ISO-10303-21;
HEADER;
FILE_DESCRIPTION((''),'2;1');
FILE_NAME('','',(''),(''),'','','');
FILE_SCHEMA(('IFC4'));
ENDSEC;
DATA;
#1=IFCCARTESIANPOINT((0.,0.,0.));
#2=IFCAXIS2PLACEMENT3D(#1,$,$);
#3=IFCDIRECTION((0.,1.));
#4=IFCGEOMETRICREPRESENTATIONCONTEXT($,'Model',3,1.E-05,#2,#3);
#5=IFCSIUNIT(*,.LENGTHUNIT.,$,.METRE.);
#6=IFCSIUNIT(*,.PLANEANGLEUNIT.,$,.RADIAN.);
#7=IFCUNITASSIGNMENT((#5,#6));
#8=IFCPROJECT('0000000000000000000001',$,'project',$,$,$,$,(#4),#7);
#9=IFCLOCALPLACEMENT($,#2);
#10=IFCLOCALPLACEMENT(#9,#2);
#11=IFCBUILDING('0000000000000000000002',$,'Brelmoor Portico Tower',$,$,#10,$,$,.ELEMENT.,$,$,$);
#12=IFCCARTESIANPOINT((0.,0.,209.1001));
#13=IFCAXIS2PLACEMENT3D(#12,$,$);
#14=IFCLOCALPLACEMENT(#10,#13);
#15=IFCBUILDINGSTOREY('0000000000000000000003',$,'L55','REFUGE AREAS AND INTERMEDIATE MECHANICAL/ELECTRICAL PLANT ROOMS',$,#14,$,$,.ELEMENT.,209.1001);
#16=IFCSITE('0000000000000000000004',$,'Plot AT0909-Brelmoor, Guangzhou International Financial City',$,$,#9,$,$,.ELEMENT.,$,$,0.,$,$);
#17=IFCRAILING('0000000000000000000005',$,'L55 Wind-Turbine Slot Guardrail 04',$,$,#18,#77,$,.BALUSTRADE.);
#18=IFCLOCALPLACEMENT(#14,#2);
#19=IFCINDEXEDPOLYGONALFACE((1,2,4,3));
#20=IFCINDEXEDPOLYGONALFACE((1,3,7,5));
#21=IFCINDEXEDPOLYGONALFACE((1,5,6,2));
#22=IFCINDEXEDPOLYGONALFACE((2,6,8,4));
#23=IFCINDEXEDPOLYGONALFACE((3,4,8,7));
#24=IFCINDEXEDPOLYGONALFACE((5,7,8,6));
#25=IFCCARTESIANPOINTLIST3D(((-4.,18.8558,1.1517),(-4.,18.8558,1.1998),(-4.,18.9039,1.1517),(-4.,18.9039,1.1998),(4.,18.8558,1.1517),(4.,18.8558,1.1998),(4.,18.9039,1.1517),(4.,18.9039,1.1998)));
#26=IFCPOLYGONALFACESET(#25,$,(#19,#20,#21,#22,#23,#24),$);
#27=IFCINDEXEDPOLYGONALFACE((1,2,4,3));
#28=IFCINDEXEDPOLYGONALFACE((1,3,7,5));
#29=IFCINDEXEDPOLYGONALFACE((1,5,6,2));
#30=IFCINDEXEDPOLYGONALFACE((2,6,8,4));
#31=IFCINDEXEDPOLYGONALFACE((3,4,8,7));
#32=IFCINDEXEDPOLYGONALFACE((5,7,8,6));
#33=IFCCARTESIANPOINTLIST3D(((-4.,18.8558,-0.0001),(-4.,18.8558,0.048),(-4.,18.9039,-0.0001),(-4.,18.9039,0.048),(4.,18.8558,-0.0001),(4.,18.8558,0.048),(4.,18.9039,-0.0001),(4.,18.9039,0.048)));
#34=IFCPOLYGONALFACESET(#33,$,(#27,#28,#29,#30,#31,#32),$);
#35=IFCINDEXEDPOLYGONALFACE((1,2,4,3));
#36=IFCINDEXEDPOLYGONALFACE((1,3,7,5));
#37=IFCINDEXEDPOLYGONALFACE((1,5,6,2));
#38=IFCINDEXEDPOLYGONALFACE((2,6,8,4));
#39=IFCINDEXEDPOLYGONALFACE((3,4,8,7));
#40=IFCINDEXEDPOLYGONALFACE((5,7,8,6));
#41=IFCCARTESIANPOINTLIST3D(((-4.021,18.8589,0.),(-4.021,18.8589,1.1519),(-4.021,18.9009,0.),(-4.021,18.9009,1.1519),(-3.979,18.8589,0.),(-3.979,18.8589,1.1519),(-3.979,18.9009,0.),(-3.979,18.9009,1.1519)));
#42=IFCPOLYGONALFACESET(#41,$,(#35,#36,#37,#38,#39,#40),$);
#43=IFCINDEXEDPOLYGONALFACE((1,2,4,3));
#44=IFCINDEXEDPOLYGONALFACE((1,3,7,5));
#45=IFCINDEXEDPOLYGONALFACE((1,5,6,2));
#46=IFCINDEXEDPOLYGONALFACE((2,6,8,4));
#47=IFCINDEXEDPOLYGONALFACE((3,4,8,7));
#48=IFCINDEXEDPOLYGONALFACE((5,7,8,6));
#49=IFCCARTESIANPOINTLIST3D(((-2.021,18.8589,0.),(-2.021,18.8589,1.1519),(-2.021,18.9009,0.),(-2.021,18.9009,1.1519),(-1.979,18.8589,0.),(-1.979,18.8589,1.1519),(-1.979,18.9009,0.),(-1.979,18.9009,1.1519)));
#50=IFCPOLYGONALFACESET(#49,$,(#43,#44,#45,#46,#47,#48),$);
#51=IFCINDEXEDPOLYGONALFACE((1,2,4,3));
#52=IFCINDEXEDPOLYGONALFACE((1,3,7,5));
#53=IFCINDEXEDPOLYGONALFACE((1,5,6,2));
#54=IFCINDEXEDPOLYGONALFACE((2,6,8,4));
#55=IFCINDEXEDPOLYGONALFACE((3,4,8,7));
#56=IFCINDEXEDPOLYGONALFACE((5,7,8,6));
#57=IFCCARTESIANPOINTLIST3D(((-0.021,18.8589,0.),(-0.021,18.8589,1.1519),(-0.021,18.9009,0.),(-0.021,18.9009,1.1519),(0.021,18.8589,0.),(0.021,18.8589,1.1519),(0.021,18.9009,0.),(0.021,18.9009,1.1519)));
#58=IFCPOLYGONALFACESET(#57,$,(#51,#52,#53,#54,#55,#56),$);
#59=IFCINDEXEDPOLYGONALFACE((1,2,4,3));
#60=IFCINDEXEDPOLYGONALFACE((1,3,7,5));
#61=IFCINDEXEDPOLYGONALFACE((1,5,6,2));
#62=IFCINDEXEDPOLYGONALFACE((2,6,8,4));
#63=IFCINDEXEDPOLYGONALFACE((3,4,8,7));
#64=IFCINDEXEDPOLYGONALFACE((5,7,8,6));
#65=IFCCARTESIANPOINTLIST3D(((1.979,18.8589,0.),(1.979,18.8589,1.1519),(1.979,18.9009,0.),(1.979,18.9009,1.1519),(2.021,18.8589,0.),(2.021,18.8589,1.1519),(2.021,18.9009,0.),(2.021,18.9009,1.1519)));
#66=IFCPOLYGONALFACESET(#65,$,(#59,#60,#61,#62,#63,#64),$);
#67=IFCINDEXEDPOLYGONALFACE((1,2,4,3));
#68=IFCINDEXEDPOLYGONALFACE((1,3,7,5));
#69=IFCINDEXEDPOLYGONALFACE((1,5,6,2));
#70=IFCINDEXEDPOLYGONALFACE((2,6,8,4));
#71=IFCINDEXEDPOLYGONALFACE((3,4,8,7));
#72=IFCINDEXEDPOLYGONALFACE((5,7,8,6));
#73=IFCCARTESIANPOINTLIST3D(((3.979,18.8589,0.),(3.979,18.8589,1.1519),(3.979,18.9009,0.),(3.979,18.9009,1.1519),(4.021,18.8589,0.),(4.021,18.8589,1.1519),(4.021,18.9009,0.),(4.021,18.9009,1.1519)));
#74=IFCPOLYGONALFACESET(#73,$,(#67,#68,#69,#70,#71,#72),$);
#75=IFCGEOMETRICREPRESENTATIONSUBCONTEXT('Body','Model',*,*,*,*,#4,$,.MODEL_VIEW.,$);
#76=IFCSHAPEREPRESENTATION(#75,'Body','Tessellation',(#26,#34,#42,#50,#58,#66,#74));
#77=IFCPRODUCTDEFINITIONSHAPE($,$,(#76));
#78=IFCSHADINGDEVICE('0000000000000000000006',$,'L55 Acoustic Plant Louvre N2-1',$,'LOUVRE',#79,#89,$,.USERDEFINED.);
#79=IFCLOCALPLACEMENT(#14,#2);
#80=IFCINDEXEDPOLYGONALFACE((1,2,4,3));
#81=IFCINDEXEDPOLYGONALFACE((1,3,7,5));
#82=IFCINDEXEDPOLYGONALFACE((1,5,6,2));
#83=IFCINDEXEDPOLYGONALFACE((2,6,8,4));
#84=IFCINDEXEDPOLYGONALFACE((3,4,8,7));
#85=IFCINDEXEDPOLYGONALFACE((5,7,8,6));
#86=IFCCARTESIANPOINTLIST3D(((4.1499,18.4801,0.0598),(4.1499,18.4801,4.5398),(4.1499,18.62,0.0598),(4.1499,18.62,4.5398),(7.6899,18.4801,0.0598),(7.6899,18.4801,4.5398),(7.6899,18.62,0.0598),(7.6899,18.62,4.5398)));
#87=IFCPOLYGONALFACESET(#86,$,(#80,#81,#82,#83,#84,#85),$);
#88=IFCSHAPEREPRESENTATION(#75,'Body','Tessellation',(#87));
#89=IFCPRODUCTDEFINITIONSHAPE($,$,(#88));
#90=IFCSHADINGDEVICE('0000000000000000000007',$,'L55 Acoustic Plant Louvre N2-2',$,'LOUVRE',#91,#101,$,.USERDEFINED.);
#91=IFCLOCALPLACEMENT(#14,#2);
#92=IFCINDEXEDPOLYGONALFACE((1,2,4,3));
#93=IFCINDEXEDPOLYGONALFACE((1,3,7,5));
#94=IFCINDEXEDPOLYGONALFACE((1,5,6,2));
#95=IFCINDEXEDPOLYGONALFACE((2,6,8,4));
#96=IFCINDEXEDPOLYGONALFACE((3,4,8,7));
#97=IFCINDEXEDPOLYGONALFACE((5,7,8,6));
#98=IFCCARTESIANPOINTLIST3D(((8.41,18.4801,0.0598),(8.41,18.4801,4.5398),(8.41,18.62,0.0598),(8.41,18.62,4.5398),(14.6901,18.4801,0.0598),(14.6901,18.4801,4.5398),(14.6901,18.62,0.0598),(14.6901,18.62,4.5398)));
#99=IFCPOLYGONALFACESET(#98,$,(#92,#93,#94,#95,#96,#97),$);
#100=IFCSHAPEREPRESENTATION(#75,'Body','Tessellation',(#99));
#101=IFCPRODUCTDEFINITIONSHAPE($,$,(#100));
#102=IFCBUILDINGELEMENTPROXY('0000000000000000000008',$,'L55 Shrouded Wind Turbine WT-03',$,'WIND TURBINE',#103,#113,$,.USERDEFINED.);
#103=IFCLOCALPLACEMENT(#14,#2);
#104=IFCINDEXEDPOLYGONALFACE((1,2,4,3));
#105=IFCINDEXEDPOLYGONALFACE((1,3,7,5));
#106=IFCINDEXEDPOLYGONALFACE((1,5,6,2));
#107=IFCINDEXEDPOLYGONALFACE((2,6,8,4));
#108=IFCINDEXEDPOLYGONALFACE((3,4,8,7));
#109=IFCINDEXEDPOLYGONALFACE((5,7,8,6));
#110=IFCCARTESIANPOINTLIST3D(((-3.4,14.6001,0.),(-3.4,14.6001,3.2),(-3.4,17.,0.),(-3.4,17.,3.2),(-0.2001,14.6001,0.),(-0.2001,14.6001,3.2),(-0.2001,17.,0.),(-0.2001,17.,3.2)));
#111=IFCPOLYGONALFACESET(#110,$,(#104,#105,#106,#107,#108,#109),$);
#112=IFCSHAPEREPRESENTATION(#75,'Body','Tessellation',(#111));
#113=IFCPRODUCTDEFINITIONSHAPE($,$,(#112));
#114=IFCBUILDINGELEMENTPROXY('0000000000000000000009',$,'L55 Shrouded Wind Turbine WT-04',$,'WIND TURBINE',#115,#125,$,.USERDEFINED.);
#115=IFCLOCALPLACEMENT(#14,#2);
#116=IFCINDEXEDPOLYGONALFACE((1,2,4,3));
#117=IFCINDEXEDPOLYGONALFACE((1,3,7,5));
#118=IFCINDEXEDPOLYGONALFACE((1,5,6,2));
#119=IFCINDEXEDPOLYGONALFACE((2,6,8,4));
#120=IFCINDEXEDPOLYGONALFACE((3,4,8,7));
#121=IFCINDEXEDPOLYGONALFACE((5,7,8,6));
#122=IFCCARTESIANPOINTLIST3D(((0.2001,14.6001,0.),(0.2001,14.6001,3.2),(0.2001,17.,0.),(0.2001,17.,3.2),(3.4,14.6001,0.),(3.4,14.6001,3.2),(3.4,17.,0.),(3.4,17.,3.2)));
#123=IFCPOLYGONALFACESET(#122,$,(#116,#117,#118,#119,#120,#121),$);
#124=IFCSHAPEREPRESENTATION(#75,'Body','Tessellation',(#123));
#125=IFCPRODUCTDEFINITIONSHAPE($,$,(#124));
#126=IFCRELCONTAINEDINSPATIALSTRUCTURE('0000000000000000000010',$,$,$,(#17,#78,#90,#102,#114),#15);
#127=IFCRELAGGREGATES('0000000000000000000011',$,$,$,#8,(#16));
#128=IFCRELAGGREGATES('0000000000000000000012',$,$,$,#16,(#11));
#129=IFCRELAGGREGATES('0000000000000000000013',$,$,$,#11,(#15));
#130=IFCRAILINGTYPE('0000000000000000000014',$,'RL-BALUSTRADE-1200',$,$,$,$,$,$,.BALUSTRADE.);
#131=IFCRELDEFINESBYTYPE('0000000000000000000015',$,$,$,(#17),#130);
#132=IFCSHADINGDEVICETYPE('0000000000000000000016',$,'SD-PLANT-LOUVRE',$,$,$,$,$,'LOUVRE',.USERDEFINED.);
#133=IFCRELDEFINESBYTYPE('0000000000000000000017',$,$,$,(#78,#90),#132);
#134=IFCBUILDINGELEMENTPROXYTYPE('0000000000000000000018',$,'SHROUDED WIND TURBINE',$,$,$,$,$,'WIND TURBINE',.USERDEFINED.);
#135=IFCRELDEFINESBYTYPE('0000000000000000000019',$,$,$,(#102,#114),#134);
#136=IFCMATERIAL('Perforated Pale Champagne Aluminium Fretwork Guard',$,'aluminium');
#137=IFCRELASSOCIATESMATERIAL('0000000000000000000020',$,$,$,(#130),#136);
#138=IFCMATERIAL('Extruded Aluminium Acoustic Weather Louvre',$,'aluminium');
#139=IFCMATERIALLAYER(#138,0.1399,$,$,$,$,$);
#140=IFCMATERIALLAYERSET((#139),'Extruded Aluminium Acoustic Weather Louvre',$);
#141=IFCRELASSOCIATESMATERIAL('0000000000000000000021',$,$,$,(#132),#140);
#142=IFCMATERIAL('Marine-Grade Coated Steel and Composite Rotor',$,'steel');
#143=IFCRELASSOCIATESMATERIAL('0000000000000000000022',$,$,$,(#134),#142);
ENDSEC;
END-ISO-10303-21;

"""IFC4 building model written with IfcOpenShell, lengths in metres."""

from ifc_helpers import new_model, si_unit, direction, frame, origin, origin_2d, place, context, subcontext, project, spatial, rectangle, extrude, material, layer, layer_set, type_object, element, save


model = new_model("IFC4")

# Units and contexts
model_context = context("Model", 3, precision=1e-05, world=origin(), true_north=direction((0.0, 1.0)))
body_context = subcontext(model_context, "Body", "Model", "MODEL_VIEW")
ifc_project = project(units=[si_unit("LENGTHUNIT", "METRE"), si_unit("PLANEANGLEUNIT", "RADIAN")], contexts=[model_context])

# Site, building, storey
site_placement = place(None, origin())
site = spatial("IfcSite", under=ifc_project, at=site_placement, Name="Plot AT0909-Brelmoor, Guangzhou International Financial City", CompositionType="ELEMENT", RefElevation=0.0)
building_placement = place(site_placement, origin())
building = spatial("IfcBuilding", under=site, at=building_placement, Name="Brelmoor Portico Tower", CompositionType="ELEMENT")
storey_placement = place(building_placement, frame((0.0, 0.0, 209.1001)))
storey = spatial("IfcBuildingStorey", under=building, at=storey_placement, Name="L55", Description="REFUGE AREAS AND INTERMEDIATE MECHANICAL/ELECTRICAL PLANT ROOMS", CompositionType="ELEMENT", Elevation=209.1001)

# Railing
ifc_material_1 = material(Name="Perforated Pale Champagne Aluminium Fretwork Guard", Category="aluminium")
railing_type = type_object("IfcRailingType", Name="RL-BALUSTRADE-1200", PredefinedType="BALUSTRADE", material=ifc_material_1)
for number, where, name in (
    (1, (-4.0, 18.8799, 0.0), "L55 Wind-Turbine Slot Guardrail 04"),
):
    element("IfcRailing", number, at=place(storey_placement, frame(where)), inside=storey, type_object=railing_type, Name=name, PredefinedType="BALUSTRADE", context=body_context, shape_type="SweptSolid", body=[
        extrude(rectangle(XDim=0.0481, YDim=0.0481, at=origin_2d()), frame((0.0, 0.0, 1.1758), z_axis=(1.0, 0.0, 0.0), x_axis=(0.0, 1.0, 0.0)), (0.0, 0.0, 1.0), 8.0),
        extrude(rectangle(XDim=0.0481, YDim=0.0481, at=origin_2d()), frame((0.0, 0.0, 0.0239), z_axis=(1.0, 0.0, 0.0), x_axis=(0.0, 1.0, 0.0)), (0.0, 0.0, 1.0), 8.0),
        extrude(rectangle(XDim=0.042, YDim=0.042, at=origin_2d()), origin(), (0.0, 0.0, 1.0), 1.1519),
        extrude(rectangle(XDim=0.042, YDim=0.042, at=origin_2d()), frame((2.0, 0.0, 0.0)), (0.0, 0.0, 1.0), 1.1519),
        extrude(rectangle(XDim=0.042, YDim=0.042, at=origin_2d()), frame((4.0, 0.0, 0.0)), (0.0, 0.0, 1.0), 1.1519),
        extrude(rectangle(XDim=0.042, YDim=0.042, at=origin_2d()), frame((6.0, 0.0, 0.0)), (0.0, 0.0, 1.0), 1.1519),
        extrude(rectangle(XDim=0.042, YDim=0.042, at=origin_2d()), frame((8.0, 0.0, 0.0)), (0.0, 0.0, 1.0), 1.1519),
    ])

# Shading devices
ifc_material_2 = material(Name="Extruded Aluminium Acoustic Weather Louvre", Category="aluminium")
ifc_layer_1 = layer(ifc_material_2, 0.1399)
ifc_layer_set_1 = layer_set([ifc_layer_1], Name="Extruded Aluminium Acoustic Weather Louvre")
shading_device_type = type_object("IfcShadingDeviceType", Name="SD-PLANT-LOUVRE", ElementType="LOUVRE", PredefinedType="USERDEFINED", material=ifc_layer_set_1)
shading_device_1_placement = place(storey_placement, frame((5.9199, 18.55, 0.0598), z_axis=(0.0, 0.0, 1.0), x_axis=(1.0, 0.0, 0.0)))
element("IfcShadingDevice", 2, at=shading_device_1_placement, inside=storey, type_object=shading_device_type, Name="L55 Acoustic Plant Louvre N2-1", ObjectType="LOUVRE", PredefinedType="USERDEFINED", context=body_context, shape_type="SweptSolid", body=[
    extrude(rectangle(XDim=3.54, YDim=0.1399, at=origin_2d()), origin(), (0.0, 0.0, 1.0), 4.48),
])
shading_device_2_placement = place(storey_placement, frame((11.55, 18.55, 0.0598), z_axis=(0.0, 0.0, 1.0), x_axis=(1.0, 0.0, 0.0)))
element("IfcShadingDevice", 3, at=shading_device_2_placement, inside=storey, type_object=shading_device_type, Name="L55 Acoustic Plant Louvre N2-2", ObjectType="LOUVRE", PredefinedType="USERDEFINED", context=body_context, shape_type="SweptSolid", body=[
    extrude(rectangle(XDim=6.28, YDim=0.1399, at=origin_2d()), origin(), (0.0, 0.0, 1.0), 4.48),
])

# Building element proxies
ifc_material_3 = material(Name="Marine-Grade Coated Steel and Composite Rotor", Category="steel")
building_element_proxy_type = type_object("IfcBuildingElementProxyType", Name="SHROUDED WIND TURBINE", ElementType="WIND TURBINE", PredefinedType="USERDEFINED", material=ifc_material_3)
for number, where, z_axis, x_axis, name in (
    (4, (-1.8, 15.8, 0.0), (0.0, 0.0, 1.0), (1.0, 0.0, 0.0), "L55 Shrouded Wind Turbine WT-03"),
    (5, (1.8, 15.8, 0.0), (0.0, 0.0, 1.0), (1.0, 0.0, 0.0), "L55 Shrouded Wind Turbine WT-04"),
):
    element("IfcBuildingElementProxy", number, at=place(storey_placement, frame(where, z_axis=z_axis, x_axis=x_axis)), inside=storey, type_object=building_element_proxy_type, Name=name, ObjectType="WIND TURBINE", PredefinedType="USERDEFINED", context=body_context, shape_type="SweptSolid", body=[
        extrude(rectangle(XDim=3.2, YDim=2.3999, at=origin_2d()), origin(), (0.0, 0.0, 1.0), 3.2),
    ])

save(model, "model.ifc")
